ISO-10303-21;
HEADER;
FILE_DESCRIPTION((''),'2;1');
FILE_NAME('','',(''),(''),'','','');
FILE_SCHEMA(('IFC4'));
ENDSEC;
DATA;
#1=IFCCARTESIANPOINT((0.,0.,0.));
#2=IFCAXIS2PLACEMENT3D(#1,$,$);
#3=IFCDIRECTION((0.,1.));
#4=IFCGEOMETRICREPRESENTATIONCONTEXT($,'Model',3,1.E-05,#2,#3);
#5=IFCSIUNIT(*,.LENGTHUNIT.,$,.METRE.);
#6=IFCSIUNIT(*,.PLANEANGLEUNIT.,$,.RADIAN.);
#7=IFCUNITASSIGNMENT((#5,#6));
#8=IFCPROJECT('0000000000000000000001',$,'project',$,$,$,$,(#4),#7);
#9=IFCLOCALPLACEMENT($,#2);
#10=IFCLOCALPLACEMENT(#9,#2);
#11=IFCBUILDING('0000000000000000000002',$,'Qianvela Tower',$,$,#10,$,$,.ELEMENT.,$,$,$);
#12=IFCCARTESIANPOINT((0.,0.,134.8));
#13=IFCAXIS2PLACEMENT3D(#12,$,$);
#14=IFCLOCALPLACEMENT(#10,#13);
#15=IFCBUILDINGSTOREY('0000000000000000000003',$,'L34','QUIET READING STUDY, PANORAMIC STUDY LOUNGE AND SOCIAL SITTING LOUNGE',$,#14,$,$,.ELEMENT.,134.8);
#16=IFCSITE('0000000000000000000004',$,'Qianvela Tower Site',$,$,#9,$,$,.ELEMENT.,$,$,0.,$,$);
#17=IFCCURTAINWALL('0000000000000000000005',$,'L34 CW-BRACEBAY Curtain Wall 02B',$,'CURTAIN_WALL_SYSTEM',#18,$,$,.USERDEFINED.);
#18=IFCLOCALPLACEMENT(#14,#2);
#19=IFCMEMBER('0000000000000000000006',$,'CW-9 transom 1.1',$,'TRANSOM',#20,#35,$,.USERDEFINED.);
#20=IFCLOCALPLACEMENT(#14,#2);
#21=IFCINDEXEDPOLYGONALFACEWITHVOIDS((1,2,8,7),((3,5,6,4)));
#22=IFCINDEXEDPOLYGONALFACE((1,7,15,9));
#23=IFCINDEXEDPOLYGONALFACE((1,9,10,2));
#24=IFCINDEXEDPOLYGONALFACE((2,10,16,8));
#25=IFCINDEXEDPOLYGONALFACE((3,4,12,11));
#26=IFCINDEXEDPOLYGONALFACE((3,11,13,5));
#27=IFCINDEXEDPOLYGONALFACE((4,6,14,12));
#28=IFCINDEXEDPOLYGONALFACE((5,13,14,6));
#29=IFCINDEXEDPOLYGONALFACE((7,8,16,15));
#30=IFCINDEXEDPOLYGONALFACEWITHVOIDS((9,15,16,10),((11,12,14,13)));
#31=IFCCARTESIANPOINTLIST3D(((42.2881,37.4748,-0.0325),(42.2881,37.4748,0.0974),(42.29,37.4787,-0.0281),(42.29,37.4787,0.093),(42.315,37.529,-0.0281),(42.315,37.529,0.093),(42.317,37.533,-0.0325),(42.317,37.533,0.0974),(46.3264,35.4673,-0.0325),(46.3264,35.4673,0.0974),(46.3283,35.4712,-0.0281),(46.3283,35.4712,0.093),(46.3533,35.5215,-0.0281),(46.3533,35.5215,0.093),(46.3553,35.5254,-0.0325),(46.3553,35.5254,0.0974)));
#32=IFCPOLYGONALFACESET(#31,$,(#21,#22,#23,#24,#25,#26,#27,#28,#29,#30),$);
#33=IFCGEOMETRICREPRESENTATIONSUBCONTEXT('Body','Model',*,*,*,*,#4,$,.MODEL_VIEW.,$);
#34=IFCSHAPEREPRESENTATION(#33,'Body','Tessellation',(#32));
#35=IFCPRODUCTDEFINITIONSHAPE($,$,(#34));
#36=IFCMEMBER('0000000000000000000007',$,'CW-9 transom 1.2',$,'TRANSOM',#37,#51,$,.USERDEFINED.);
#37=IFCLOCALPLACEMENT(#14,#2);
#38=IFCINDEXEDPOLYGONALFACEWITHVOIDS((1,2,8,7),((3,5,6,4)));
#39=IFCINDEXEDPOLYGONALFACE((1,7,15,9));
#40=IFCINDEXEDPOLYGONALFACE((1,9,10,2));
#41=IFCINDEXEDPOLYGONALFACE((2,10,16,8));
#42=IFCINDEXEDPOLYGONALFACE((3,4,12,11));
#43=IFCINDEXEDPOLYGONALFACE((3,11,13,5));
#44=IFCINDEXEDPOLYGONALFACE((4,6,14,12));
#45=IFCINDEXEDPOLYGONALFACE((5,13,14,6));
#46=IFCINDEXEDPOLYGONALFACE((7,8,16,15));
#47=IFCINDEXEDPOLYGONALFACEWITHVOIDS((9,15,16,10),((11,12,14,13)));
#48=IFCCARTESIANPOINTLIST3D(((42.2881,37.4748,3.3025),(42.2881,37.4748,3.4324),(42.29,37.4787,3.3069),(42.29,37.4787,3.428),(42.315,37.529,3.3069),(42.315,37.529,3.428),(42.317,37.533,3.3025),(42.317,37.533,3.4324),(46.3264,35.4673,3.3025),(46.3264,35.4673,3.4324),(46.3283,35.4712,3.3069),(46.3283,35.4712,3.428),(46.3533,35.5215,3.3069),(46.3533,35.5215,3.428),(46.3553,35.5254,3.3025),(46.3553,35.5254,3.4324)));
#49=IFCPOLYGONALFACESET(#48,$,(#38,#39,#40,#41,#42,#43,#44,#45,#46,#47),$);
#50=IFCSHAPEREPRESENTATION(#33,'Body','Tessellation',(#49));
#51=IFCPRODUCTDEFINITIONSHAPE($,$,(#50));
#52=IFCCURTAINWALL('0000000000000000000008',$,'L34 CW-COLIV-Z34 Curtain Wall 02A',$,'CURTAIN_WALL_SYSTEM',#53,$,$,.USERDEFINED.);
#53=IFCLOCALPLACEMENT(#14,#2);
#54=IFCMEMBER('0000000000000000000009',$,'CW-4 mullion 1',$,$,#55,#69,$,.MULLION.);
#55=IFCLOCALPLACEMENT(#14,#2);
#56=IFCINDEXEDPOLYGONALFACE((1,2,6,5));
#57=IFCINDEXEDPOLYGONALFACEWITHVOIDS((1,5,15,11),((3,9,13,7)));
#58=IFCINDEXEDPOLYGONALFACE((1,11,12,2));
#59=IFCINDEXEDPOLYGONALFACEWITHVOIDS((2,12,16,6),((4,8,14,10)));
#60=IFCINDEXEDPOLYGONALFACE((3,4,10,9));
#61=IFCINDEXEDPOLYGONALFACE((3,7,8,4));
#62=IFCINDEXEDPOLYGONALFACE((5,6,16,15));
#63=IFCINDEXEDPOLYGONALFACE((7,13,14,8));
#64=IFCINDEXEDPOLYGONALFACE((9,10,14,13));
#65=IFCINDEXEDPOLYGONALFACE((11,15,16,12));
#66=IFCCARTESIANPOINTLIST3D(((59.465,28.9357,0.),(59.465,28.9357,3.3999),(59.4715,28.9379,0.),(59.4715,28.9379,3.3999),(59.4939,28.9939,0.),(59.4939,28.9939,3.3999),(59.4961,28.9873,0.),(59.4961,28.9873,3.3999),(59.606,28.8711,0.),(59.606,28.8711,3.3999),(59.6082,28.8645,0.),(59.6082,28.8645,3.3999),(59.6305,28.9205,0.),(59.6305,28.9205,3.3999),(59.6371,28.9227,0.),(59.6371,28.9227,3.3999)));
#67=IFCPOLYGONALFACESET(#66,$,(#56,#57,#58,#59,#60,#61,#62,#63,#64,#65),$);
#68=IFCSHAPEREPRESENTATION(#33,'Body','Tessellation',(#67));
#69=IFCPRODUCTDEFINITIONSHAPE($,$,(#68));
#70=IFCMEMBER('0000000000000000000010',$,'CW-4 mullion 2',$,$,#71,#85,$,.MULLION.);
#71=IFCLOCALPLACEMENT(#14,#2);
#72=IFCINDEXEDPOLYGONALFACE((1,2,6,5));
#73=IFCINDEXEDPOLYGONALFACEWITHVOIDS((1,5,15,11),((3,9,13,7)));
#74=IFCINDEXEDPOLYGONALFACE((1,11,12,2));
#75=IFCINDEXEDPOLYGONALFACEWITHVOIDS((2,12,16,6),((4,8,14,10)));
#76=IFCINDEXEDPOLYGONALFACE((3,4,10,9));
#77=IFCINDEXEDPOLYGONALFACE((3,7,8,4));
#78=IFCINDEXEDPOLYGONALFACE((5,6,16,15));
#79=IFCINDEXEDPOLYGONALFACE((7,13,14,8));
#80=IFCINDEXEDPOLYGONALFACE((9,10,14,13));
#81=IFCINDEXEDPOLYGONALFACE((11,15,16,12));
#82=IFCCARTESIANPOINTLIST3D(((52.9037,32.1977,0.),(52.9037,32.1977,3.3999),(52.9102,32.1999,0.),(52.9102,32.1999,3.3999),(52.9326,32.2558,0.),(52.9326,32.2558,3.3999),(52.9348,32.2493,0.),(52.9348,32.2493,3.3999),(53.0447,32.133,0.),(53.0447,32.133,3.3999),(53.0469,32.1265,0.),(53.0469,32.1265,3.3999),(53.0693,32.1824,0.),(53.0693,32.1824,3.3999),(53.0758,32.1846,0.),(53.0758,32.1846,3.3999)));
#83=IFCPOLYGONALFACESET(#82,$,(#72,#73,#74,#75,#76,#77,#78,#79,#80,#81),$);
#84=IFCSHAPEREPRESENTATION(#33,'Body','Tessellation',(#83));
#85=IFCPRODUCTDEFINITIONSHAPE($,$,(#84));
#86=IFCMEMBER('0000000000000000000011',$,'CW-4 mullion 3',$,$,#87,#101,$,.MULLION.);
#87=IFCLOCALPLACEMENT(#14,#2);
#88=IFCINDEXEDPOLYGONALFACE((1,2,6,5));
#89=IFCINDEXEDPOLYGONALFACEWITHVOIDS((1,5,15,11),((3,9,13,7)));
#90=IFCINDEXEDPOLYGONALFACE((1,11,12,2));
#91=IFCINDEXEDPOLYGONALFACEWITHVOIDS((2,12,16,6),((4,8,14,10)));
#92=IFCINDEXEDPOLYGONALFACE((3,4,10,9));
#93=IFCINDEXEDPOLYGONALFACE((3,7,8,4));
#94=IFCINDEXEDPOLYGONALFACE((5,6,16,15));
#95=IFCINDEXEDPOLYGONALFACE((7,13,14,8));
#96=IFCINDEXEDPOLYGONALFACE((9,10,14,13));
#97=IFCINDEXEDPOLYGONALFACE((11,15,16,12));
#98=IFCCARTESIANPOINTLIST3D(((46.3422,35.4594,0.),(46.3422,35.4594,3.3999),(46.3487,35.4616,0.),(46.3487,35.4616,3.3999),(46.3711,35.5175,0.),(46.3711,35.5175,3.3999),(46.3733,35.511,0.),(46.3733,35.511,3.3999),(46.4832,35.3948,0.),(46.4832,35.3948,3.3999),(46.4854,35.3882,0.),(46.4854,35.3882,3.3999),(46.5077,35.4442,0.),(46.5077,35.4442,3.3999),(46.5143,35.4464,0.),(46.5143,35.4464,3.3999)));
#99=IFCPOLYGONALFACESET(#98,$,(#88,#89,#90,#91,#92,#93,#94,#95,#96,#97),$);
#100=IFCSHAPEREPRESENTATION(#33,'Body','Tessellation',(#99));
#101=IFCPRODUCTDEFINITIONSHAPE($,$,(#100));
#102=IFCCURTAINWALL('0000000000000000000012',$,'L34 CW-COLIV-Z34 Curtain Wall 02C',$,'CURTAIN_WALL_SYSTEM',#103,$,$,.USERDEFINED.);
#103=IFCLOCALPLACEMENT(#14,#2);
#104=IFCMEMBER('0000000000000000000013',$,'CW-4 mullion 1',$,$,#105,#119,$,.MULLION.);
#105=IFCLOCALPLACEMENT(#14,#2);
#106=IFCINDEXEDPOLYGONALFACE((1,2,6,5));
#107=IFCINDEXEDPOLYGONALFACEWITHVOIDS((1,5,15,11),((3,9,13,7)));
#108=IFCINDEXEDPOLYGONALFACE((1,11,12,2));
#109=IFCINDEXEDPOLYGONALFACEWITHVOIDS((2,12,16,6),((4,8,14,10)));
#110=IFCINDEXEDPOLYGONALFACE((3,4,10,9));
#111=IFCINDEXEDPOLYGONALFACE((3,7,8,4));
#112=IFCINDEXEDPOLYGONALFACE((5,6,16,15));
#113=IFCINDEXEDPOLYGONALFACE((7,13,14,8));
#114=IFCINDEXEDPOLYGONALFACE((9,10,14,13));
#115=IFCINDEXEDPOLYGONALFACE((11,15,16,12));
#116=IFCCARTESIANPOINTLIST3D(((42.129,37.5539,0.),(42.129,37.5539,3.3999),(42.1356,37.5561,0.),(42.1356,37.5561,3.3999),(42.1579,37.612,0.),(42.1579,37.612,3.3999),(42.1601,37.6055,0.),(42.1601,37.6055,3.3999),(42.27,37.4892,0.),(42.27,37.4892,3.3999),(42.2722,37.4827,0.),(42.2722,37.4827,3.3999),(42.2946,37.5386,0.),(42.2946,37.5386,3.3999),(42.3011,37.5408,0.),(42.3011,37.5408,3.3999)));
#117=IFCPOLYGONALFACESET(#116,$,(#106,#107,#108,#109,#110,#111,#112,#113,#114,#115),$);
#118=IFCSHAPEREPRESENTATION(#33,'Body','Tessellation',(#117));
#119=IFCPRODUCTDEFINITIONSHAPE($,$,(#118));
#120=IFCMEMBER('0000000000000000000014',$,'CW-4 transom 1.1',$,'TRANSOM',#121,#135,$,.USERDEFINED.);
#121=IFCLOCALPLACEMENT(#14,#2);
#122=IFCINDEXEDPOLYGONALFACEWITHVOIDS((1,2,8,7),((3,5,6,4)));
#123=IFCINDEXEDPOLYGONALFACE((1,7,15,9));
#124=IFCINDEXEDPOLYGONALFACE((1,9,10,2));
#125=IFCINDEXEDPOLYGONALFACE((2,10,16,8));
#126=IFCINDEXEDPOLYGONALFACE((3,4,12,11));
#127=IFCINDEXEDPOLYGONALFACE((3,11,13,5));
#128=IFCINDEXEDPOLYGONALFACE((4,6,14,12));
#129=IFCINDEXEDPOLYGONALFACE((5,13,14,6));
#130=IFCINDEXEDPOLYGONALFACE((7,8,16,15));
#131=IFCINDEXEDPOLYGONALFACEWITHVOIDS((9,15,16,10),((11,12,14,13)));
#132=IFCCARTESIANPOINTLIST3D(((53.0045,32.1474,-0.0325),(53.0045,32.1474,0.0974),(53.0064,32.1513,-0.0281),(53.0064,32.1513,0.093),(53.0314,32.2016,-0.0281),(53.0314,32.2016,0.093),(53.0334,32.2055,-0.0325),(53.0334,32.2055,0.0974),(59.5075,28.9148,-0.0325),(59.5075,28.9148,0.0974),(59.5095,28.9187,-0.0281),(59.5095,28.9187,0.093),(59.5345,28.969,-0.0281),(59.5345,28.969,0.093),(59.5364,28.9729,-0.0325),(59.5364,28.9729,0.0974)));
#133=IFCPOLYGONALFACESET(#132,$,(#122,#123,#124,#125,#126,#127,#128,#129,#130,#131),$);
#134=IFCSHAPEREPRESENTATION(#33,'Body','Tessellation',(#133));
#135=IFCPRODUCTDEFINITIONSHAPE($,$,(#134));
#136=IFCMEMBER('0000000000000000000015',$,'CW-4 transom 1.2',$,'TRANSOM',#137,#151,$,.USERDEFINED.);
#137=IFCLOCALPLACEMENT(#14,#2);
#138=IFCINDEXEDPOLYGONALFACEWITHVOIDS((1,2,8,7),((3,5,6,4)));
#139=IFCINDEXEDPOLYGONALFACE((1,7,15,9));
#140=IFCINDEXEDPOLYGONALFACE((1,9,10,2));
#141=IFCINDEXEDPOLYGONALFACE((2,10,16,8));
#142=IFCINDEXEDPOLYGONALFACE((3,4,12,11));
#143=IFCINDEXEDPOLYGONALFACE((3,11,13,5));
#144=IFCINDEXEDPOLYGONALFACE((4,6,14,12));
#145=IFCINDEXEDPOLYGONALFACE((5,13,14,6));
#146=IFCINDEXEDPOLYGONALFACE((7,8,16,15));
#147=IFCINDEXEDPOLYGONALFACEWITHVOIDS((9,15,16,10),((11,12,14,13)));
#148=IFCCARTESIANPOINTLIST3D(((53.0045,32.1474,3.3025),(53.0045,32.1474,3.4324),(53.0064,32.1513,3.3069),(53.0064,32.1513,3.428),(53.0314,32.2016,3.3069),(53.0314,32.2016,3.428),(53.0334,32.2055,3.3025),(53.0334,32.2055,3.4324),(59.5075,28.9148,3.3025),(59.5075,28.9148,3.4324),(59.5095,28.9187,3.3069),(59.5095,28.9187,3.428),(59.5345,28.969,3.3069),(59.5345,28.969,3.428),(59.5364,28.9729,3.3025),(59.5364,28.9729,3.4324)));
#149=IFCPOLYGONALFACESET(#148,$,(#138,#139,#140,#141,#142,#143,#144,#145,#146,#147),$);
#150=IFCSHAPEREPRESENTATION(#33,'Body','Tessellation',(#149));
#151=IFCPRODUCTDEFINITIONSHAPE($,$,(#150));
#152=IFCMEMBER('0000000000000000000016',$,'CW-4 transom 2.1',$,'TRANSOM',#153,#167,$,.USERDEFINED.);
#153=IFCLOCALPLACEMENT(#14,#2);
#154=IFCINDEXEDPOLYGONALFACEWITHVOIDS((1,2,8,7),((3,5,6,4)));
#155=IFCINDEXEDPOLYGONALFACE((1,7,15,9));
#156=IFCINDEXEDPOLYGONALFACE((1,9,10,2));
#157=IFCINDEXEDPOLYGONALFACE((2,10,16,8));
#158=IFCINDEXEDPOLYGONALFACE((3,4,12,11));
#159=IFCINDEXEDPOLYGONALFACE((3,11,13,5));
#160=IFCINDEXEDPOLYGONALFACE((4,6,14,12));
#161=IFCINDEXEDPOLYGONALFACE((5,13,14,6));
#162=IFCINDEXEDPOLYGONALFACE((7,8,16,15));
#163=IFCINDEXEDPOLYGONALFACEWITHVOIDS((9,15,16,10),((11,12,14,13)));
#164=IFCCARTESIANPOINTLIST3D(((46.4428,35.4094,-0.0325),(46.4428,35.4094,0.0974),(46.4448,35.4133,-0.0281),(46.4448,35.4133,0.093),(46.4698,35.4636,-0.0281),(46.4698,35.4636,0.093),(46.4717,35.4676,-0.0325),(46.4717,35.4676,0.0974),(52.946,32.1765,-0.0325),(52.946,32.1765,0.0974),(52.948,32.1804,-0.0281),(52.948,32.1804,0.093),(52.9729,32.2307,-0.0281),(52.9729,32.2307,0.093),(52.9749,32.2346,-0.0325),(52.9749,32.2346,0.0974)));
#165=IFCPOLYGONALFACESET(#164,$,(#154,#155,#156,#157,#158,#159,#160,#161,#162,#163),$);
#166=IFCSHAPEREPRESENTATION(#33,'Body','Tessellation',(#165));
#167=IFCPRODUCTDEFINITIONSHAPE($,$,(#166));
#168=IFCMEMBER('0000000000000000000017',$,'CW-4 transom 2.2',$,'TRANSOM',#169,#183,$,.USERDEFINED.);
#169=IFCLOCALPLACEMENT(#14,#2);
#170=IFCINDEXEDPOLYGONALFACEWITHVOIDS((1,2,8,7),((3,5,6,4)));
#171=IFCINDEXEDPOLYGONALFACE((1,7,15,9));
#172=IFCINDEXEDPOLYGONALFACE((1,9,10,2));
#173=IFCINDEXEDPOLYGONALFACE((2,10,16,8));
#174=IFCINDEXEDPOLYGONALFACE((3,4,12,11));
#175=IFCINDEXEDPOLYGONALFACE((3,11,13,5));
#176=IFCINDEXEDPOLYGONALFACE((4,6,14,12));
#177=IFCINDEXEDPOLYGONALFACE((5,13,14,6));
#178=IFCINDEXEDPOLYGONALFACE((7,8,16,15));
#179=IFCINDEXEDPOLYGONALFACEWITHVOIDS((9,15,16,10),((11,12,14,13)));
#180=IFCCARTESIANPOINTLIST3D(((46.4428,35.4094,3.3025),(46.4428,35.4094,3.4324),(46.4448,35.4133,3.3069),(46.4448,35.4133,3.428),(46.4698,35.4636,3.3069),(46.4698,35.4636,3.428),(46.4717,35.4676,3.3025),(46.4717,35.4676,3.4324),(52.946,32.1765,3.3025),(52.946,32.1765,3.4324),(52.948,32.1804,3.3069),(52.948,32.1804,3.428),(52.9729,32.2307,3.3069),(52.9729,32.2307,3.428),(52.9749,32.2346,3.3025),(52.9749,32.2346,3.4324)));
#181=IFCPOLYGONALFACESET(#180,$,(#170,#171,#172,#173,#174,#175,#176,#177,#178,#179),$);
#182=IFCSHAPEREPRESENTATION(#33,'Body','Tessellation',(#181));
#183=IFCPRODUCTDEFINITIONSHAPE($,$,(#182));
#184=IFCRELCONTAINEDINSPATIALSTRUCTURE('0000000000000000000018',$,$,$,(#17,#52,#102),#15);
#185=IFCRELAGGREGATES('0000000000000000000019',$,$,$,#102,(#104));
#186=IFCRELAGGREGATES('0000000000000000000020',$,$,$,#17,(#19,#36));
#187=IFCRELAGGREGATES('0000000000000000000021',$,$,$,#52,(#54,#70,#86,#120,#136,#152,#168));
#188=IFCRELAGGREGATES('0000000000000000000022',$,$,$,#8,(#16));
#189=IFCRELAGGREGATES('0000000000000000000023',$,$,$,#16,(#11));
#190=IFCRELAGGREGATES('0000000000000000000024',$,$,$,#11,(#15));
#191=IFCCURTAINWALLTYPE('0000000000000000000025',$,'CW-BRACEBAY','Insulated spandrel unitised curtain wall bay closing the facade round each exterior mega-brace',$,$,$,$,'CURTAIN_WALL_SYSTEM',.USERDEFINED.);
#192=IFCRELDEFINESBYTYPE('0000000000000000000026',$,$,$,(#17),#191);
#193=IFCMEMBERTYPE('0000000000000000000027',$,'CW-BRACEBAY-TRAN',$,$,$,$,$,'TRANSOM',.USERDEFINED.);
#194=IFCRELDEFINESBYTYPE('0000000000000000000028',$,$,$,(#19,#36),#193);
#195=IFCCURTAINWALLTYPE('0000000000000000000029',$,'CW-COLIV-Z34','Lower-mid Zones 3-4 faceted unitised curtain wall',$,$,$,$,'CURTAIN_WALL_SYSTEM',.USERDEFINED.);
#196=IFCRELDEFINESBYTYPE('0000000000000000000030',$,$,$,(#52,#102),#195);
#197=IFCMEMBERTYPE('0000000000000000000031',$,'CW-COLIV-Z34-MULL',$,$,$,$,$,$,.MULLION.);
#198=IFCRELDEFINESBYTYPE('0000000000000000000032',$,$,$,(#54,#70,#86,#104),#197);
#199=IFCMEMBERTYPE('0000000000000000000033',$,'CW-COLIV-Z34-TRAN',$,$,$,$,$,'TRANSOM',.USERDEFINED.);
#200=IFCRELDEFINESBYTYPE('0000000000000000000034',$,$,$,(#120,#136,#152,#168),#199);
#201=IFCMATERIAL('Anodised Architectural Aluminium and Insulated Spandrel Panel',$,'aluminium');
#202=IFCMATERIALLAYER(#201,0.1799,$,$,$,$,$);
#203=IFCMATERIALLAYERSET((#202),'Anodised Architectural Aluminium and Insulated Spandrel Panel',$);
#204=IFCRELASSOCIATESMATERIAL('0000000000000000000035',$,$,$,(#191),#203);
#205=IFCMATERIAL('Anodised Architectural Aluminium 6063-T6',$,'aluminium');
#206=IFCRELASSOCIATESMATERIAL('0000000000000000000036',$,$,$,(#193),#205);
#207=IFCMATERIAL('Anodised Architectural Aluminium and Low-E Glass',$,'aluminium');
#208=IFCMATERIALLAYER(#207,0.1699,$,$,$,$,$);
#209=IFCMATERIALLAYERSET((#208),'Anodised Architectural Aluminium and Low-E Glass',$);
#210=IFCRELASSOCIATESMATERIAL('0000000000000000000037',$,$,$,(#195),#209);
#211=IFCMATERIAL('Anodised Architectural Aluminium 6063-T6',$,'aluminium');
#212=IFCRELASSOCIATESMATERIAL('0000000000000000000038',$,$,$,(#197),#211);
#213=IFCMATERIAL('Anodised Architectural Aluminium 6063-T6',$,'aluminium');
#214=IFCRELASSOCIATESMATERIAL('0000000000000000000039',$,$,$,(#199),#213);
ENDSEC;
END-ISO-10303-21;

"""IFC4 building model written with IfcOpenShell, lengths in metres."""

from ifc_helpers import new_model, si_unit, direction, frame, origin, origin_2d, place, context, subcontext, project, spatial, hollow_rectangle, extrude, material, layer, layer_set, material_profile, profile_set, type_object, element, aggregate, save


model = new_model("IFC4")

# Units and contexts
model_context = context("Model", 3, precision=1e-05, world=origin(), true_north=direction((0.0, 1.0)))
body_context = subcontext(model_context, "Body", "Model", "MODEL_VIEW")
ifc_project = project(units=[si_unit("LENGTHUNIT", "METRE"), si_unit("PLANEANGLEUNIT", "RADIAN")], contexts=[model_context])

# Site, building, storey
site_placement = place(None, origin())
site = spatial("IfcSite", under=ifc_project, at=site_placement, Name="Qianvela Tower Site", CompositionType="ELEMENT", RefElevation=0.0)
building_placement = place(site_placement, origin())
building = spatial("IfcBuilding", under=site, at=building_placement, Name="Qianvela Tower", CompositionType="ELEMENT")
storey_placement = place(building_placement, frame((0.0, 0.0, 134.8)))
storey = spatial("IfcBuildingStorey", under=building, at=storey_placement, Name="L34", Description="QUIET READING STUDY, PANORAMIC STUDY LOUNGE AND SOCIAL SITTING LOUNGE", CompositionType="ELEMENT", Elevation=134.8)

# Curtain walls, members
ifc_material_1 = material(Name="Anodised Architectural Aluminium and Insulated Spandrel Panel", Category="aluminium")
ifc_layer_1 = layer(ifc_material_1, 0.1799)
ifc_layer_set_1 = layer_set([ifc_layer_1], Name="Anodised Architectural Aluminium and Insulated Spandrel Panel")
curtain_wall_type_1 = type_object("IfcCurtainWallType", Name="CW-BRACEBAY", Description="Insulated spandrel unitised curtain wall bay closing the facade round each exterior mega-brace", ElementType="CURTAIN_WALL_SYSTEM", PredefinedType="USERDEFINED", material=ifc_layer_set_1)
curtain_wall_1_placement = place(storey_placement, origin())
curtain_wall_1 = element("IfcCurtainWall", 1, at=curtain_wall_1_placement, inside=storey, type_object=curtain_wall_type_1, Name="L34 CW-BRACEBAY Curtain Wall 02B", ObjectType="CURTAIN_WALL_SYSTEM", PredefinedType="USERDEFINED")
ifc_material_2 = material(Name="Anodised Architectural Aluminium 6063-T6", Category="aluminium")
ifc_material_profile_1 = material_profile(ifc_material_2, hollow_rectangle(XDim=0.0649, YDim=0.1299, WallThickness=0.0044, at=origin_2d()), Name="ALU-TRAN-65x130")
ifc_profile_set_1 = profile_set([ifc_material_profile_1], Name="Anodised Architectural Aluminium 6063-T6")
member_type_1 = type_object("IfcMemberType", Name="CW-BRACEBAY-TRAN", ElementType="TRANSOM", PredefinedType="USERDEFINED", material=ifc_profile_set_1)
member_1_placement = place(storey_placement, frame((46.3408, 35.4963, 0.0325), z_axis=(-0.895453, 0.445155, 0.0), x_axis=(-0.445155, -0.895453, 0.0)))
member_1 = element("IfcMember", 2, at=member_1_placement, type_object=member_type_1, Name="CW-9 transom 1.1", ObjectType="TRANSOM", PredefinedType="USERDEFINED", context=body_context, shape_type="SweptSolid", body=[
    extrude(hollow_rectangle(XDim=0.0649, YDim=0.1299, WallThickness=0.0044, at=origin_2d()), origin(), (0.0, 0.0, 1.0), 4.5098),
])
member_2_placement = place(storey_placement, frame((46.3408, 35.4963, 3.3674), z_axis=(-0.895453, 0.445155, 0.0), x_axis=(-0.445155, -0.895453, 0.0)))
member_2 = element("IfcMember", 3, at=member_2_placement, type_object=member_type_1, Name="CW-9 transom 1.2", ObjectType="TRANSOM", PredefinedType="USERDEFINED", context=body_context, shape_type="SweptSolid", body=[
    extrude(hollow_rectangle(XDim=0.0649, YDim=0.1299, WallThickness=0.0044, at=origin_2d()), origin(), (0.0, 0.0, 1.0), 4.5098),
])
ifc_material_3 = material(Name="Anodised Architectural Aluminium and Low-E Glass", Category="aluminium")
ifc_layer_2 = layer(ifc_material_3, 0.1699)
ifc_layer_set_2 = layer_set([ifc_layer_2], Name="Anodised Architectural Aluminium and Low-E Glass")
curtain_wall_type_2 = type_object("IfcCurtainWallType", Name="CW-COLIV-Z34", Description="Lower-mid Zones 3-4 faceted unitised curtain wall", ElementType="CURTAIN_WALL_SYSTEM", PredefinedType="USERDEFINED", material=ifc_layer_set_2)
curtain_wall_2_placement = place(storey_placement, origin())
curtain_wall_2 = element("IfcCurtainWall", 4, at=curtain_wall_2_placement, inside=storey, type_object=curtain_wall_type_2, Name="L34 CW-COLIV-Z34 Curtain Wall 02A", ObjectType="CURTAIN_WALL_SYSTEM", PredefinedType="USERDEFINED")
ifc_material_4 = material(Name="Anodised Architectural Aluminium 6063-T6", Category="aluminium")
ifc_material_profile_2 = material_profile(ifc_material_4, hollow_rectangle(XDim=0.0649, YDim=0.1599, WallThickness=0.0049, at=origin_2d()), Name="ALU-MULL-65x160")
ifc_profile_set_2 = profile_set([ifc_material_profile_2], Name="Anodised Architectural Aluminium 6063-T6")
member_type_2 = type_object("IfcMemberType", Name="CW-COLIV-Z34-MULL", PredefinedType="MULLION", material=ifc_profile_set_2)
member_3_placement = place(storey_placement, frame((59.551, 28.9292, 0.0), z_axis=(0.0, 0.0, 1.0), x_axis=(-0.44515, -0.895456, 0.0)))
member_3 = element("IfcMember", 5, at=member_3_placement, type_object=member_type_2, Name="CW-4 mullion 1", PredefinedType="MULLION", context=body_context, shape_type="SweptSolid", body=[
    extrude(hollow_rectangle(XDim=0.0649, YDim=0.1599, WallThickness=0.0049, at=origin_2d()), origin(), (0.0, 0.0, 1.0), 3.3999),
])
member_4_placement = place(storey_placement, frame((52.9897, 32.1912, 0.0), z_axis=(0.0, 0.0, 1.0), x_axis=(-0.44515, -0.895456, 0.0)))
member_4 = element("IfcMember", 6, at=member_4_placement, type_object=member_type_2, Name="CW-4 mullion 2", PredefinedType="MULLION", context=body_context, shape_type="SweptSolid", body=[
    extrude(hollow_rectangle(XDim=0.0649, YDim=0.1599, WallThickness=0.0049, at=origin_2d()), origin(), (0.0, 0.0, 1.0), 3.3999),
])
member_5_placement = place(storey_placement, frame((46.4282, 35.4529, 0.0), z_axis=(0.0, 0.0, 1.0), x_axis=(-0.44515, -0.895456, 0.0)))
member_5 = element("IfcMember", 7, at=member_5_placement, type_object=member_type_2, Name="CW-4 mullion 3", PredefinedType="MULLION", context=body_context, shape_type="SweptSolid", body=[
    extrude(hollow_rectangle(XDim=0.0649, YDim=0.1599, WallThickness=0.0049, at=origin_2d()), origin(), (0.0, 0.0, 1.0), 3.3999),
])

# Curtain wall, member
curtain_wall_3_placement = place(storey_placement, origin())
curtain_wall_3 = element("IfcCurtainWall", 8, at=curtain_wall_3_placement, inside=storey, type_object=curtain_wall_type_2, Name="L34 CW-COLIV-Z34 Curtain Wall 02C", ObjectType="CURTAIN_WALL_SYSTEM", PredefinedType="USERDEFINED")
member_6_placement = place(storey_placement, frame((42.2151, 37.5474, 0.0), z_axis=(0.0, 0.0, 1.0), x_axis=(-0.445147, -0.895458, 0.0)))
member_6 = element("IfcMember", 9, at=member_6_placement, type_object=member_type_2, Name="CW-4 mullion 1", PredefinedType="MULLION", context=body_context, shape_type="SweptSolid", body=[
    extrude(hollow_rectangle(XDim=0.0649, YDim=0.1599, WallThickness=0.0049, at=origin_2d()), origin(), (0.0, 0.0, 1.0), 3.3999),
])

# Members
ifc_material_5 = material(Name="Anodised Architectural Aluminium 6063-T6", Category="aluminium")
ifc_material_profile_3 = material_profile(ifc_material_5, hollow_rectangle(XDim=0.0649, YDim=0.1299, WallThickness=0.0044, at=origin_2d()), Name="ALU-TRAN-65x130")
ifc_profile_set_3 = profile_set([ifc_material_profile_3], Name="Anodised Architectural Aluminium 6063-T6")
member_type_3 = type_object("IfcMemberType", Name="CW-COLIV-Z34-TRAN", ElementType="TRANSOM", PredefinedType="USERDEFINED", material=ifc_profile_set_3)
member_7_placement = place(storey_placement, frame((59.522, 28.9438, 0.0325), z_axis=(-0.895467, 0.445128, 0.0), x_axis=(-0.445128, -0.895467, 0.0)))
member_7 = element("IfcMember", 10, at=member_7_placement, type_object=member_type_3, Name="CW-4 transom 1.1", ObjectType="TRANSOM", PredefinedType="USERDEFINED", context=body_context, shape_type="SweptSolid", body=[
    extrude(hollow_rectangle(XDim=0.0649, YDim=0.1299, WallThickness=0.0044, at=origin_2d()), origin(), (0.0, 0.0, 1.0), 7.2622),
])
member_8_placement = place(storey_placement, frame((59.522, 28.9438, 3.3674), z_axis=(-0.895467, 0.445128, 0.0), x_axis=(-0.445128, -0.895467, 0.0)))
member_8 = element("IfcMember", 11, at=member_8_placement, type_object=member_type_3, Name="CW-4 transom 1.2", ObjectType="TRANSOM", PredefinedType="USERDEFINED", context=body_context, shape_type="SweptSolid", body=[
    extrude(hollow_rectangle(XDim=0.0649, YDim=0.1299, WallThickness=0.0044, at=origin_2d()), origin(), (0.0, 0.0, 1.0), 7.2622),
])
member_9_placement = place(storey_placement, frame((52.9604, 32.2056, 0.0325), z_axis=(-0.895454, 0.445155, 0.0), x_axis=(-0.445155, -0.895454, 0.0)))
member_9 = element("IfcMember", 12, at=member_9_placement, type_object=member_type_3, Name="CW-4 transom 2.1", ObjectType="TRANSOM", PredefinedType="USERDEFINED", context=body_context, shape_type="SweptSolid", body=[
    extrude(hollow_rectangle(XDim=0.0649, YDim=0.1299, WallThickness=0.0044, at=origin_2d()), origin(), (0.0, 0.0, 1.0), 7.2625),
])
member_10_placement = place(storey_placement, frame((52.9604, 32.2056, 3.3674), z_axis=(-0.895454, 0.445155, 0.0), x_axis=(-0.445155, -0.895454, 0.0)))
member_10 = element("IfcMember", 13, at=member_10_placement, type_object=member_type_3, Name="CW-4 transom 2.2", ObjectType="TRANSOM", PredefinedType="USERDEFINED", context=body_context, shape_type="SweptSolid", body=[
    extrude(hollow_rectangle(XDim=0.0649, YDim=0.1299, WallThickness=0.0044, at=origin_2d()), origin(), (0.0, 0.0, 1.0), 7.2625),
])
aggregate(curtain_wall_3, [member_6])

aggregate(curtain_wall_1, [member_1, member_2])
aggregate(curtain_wall_2, [member_3, member_4, member_5, member_7, member_8, member_9, member_10])

save(model, "model.ifc")
